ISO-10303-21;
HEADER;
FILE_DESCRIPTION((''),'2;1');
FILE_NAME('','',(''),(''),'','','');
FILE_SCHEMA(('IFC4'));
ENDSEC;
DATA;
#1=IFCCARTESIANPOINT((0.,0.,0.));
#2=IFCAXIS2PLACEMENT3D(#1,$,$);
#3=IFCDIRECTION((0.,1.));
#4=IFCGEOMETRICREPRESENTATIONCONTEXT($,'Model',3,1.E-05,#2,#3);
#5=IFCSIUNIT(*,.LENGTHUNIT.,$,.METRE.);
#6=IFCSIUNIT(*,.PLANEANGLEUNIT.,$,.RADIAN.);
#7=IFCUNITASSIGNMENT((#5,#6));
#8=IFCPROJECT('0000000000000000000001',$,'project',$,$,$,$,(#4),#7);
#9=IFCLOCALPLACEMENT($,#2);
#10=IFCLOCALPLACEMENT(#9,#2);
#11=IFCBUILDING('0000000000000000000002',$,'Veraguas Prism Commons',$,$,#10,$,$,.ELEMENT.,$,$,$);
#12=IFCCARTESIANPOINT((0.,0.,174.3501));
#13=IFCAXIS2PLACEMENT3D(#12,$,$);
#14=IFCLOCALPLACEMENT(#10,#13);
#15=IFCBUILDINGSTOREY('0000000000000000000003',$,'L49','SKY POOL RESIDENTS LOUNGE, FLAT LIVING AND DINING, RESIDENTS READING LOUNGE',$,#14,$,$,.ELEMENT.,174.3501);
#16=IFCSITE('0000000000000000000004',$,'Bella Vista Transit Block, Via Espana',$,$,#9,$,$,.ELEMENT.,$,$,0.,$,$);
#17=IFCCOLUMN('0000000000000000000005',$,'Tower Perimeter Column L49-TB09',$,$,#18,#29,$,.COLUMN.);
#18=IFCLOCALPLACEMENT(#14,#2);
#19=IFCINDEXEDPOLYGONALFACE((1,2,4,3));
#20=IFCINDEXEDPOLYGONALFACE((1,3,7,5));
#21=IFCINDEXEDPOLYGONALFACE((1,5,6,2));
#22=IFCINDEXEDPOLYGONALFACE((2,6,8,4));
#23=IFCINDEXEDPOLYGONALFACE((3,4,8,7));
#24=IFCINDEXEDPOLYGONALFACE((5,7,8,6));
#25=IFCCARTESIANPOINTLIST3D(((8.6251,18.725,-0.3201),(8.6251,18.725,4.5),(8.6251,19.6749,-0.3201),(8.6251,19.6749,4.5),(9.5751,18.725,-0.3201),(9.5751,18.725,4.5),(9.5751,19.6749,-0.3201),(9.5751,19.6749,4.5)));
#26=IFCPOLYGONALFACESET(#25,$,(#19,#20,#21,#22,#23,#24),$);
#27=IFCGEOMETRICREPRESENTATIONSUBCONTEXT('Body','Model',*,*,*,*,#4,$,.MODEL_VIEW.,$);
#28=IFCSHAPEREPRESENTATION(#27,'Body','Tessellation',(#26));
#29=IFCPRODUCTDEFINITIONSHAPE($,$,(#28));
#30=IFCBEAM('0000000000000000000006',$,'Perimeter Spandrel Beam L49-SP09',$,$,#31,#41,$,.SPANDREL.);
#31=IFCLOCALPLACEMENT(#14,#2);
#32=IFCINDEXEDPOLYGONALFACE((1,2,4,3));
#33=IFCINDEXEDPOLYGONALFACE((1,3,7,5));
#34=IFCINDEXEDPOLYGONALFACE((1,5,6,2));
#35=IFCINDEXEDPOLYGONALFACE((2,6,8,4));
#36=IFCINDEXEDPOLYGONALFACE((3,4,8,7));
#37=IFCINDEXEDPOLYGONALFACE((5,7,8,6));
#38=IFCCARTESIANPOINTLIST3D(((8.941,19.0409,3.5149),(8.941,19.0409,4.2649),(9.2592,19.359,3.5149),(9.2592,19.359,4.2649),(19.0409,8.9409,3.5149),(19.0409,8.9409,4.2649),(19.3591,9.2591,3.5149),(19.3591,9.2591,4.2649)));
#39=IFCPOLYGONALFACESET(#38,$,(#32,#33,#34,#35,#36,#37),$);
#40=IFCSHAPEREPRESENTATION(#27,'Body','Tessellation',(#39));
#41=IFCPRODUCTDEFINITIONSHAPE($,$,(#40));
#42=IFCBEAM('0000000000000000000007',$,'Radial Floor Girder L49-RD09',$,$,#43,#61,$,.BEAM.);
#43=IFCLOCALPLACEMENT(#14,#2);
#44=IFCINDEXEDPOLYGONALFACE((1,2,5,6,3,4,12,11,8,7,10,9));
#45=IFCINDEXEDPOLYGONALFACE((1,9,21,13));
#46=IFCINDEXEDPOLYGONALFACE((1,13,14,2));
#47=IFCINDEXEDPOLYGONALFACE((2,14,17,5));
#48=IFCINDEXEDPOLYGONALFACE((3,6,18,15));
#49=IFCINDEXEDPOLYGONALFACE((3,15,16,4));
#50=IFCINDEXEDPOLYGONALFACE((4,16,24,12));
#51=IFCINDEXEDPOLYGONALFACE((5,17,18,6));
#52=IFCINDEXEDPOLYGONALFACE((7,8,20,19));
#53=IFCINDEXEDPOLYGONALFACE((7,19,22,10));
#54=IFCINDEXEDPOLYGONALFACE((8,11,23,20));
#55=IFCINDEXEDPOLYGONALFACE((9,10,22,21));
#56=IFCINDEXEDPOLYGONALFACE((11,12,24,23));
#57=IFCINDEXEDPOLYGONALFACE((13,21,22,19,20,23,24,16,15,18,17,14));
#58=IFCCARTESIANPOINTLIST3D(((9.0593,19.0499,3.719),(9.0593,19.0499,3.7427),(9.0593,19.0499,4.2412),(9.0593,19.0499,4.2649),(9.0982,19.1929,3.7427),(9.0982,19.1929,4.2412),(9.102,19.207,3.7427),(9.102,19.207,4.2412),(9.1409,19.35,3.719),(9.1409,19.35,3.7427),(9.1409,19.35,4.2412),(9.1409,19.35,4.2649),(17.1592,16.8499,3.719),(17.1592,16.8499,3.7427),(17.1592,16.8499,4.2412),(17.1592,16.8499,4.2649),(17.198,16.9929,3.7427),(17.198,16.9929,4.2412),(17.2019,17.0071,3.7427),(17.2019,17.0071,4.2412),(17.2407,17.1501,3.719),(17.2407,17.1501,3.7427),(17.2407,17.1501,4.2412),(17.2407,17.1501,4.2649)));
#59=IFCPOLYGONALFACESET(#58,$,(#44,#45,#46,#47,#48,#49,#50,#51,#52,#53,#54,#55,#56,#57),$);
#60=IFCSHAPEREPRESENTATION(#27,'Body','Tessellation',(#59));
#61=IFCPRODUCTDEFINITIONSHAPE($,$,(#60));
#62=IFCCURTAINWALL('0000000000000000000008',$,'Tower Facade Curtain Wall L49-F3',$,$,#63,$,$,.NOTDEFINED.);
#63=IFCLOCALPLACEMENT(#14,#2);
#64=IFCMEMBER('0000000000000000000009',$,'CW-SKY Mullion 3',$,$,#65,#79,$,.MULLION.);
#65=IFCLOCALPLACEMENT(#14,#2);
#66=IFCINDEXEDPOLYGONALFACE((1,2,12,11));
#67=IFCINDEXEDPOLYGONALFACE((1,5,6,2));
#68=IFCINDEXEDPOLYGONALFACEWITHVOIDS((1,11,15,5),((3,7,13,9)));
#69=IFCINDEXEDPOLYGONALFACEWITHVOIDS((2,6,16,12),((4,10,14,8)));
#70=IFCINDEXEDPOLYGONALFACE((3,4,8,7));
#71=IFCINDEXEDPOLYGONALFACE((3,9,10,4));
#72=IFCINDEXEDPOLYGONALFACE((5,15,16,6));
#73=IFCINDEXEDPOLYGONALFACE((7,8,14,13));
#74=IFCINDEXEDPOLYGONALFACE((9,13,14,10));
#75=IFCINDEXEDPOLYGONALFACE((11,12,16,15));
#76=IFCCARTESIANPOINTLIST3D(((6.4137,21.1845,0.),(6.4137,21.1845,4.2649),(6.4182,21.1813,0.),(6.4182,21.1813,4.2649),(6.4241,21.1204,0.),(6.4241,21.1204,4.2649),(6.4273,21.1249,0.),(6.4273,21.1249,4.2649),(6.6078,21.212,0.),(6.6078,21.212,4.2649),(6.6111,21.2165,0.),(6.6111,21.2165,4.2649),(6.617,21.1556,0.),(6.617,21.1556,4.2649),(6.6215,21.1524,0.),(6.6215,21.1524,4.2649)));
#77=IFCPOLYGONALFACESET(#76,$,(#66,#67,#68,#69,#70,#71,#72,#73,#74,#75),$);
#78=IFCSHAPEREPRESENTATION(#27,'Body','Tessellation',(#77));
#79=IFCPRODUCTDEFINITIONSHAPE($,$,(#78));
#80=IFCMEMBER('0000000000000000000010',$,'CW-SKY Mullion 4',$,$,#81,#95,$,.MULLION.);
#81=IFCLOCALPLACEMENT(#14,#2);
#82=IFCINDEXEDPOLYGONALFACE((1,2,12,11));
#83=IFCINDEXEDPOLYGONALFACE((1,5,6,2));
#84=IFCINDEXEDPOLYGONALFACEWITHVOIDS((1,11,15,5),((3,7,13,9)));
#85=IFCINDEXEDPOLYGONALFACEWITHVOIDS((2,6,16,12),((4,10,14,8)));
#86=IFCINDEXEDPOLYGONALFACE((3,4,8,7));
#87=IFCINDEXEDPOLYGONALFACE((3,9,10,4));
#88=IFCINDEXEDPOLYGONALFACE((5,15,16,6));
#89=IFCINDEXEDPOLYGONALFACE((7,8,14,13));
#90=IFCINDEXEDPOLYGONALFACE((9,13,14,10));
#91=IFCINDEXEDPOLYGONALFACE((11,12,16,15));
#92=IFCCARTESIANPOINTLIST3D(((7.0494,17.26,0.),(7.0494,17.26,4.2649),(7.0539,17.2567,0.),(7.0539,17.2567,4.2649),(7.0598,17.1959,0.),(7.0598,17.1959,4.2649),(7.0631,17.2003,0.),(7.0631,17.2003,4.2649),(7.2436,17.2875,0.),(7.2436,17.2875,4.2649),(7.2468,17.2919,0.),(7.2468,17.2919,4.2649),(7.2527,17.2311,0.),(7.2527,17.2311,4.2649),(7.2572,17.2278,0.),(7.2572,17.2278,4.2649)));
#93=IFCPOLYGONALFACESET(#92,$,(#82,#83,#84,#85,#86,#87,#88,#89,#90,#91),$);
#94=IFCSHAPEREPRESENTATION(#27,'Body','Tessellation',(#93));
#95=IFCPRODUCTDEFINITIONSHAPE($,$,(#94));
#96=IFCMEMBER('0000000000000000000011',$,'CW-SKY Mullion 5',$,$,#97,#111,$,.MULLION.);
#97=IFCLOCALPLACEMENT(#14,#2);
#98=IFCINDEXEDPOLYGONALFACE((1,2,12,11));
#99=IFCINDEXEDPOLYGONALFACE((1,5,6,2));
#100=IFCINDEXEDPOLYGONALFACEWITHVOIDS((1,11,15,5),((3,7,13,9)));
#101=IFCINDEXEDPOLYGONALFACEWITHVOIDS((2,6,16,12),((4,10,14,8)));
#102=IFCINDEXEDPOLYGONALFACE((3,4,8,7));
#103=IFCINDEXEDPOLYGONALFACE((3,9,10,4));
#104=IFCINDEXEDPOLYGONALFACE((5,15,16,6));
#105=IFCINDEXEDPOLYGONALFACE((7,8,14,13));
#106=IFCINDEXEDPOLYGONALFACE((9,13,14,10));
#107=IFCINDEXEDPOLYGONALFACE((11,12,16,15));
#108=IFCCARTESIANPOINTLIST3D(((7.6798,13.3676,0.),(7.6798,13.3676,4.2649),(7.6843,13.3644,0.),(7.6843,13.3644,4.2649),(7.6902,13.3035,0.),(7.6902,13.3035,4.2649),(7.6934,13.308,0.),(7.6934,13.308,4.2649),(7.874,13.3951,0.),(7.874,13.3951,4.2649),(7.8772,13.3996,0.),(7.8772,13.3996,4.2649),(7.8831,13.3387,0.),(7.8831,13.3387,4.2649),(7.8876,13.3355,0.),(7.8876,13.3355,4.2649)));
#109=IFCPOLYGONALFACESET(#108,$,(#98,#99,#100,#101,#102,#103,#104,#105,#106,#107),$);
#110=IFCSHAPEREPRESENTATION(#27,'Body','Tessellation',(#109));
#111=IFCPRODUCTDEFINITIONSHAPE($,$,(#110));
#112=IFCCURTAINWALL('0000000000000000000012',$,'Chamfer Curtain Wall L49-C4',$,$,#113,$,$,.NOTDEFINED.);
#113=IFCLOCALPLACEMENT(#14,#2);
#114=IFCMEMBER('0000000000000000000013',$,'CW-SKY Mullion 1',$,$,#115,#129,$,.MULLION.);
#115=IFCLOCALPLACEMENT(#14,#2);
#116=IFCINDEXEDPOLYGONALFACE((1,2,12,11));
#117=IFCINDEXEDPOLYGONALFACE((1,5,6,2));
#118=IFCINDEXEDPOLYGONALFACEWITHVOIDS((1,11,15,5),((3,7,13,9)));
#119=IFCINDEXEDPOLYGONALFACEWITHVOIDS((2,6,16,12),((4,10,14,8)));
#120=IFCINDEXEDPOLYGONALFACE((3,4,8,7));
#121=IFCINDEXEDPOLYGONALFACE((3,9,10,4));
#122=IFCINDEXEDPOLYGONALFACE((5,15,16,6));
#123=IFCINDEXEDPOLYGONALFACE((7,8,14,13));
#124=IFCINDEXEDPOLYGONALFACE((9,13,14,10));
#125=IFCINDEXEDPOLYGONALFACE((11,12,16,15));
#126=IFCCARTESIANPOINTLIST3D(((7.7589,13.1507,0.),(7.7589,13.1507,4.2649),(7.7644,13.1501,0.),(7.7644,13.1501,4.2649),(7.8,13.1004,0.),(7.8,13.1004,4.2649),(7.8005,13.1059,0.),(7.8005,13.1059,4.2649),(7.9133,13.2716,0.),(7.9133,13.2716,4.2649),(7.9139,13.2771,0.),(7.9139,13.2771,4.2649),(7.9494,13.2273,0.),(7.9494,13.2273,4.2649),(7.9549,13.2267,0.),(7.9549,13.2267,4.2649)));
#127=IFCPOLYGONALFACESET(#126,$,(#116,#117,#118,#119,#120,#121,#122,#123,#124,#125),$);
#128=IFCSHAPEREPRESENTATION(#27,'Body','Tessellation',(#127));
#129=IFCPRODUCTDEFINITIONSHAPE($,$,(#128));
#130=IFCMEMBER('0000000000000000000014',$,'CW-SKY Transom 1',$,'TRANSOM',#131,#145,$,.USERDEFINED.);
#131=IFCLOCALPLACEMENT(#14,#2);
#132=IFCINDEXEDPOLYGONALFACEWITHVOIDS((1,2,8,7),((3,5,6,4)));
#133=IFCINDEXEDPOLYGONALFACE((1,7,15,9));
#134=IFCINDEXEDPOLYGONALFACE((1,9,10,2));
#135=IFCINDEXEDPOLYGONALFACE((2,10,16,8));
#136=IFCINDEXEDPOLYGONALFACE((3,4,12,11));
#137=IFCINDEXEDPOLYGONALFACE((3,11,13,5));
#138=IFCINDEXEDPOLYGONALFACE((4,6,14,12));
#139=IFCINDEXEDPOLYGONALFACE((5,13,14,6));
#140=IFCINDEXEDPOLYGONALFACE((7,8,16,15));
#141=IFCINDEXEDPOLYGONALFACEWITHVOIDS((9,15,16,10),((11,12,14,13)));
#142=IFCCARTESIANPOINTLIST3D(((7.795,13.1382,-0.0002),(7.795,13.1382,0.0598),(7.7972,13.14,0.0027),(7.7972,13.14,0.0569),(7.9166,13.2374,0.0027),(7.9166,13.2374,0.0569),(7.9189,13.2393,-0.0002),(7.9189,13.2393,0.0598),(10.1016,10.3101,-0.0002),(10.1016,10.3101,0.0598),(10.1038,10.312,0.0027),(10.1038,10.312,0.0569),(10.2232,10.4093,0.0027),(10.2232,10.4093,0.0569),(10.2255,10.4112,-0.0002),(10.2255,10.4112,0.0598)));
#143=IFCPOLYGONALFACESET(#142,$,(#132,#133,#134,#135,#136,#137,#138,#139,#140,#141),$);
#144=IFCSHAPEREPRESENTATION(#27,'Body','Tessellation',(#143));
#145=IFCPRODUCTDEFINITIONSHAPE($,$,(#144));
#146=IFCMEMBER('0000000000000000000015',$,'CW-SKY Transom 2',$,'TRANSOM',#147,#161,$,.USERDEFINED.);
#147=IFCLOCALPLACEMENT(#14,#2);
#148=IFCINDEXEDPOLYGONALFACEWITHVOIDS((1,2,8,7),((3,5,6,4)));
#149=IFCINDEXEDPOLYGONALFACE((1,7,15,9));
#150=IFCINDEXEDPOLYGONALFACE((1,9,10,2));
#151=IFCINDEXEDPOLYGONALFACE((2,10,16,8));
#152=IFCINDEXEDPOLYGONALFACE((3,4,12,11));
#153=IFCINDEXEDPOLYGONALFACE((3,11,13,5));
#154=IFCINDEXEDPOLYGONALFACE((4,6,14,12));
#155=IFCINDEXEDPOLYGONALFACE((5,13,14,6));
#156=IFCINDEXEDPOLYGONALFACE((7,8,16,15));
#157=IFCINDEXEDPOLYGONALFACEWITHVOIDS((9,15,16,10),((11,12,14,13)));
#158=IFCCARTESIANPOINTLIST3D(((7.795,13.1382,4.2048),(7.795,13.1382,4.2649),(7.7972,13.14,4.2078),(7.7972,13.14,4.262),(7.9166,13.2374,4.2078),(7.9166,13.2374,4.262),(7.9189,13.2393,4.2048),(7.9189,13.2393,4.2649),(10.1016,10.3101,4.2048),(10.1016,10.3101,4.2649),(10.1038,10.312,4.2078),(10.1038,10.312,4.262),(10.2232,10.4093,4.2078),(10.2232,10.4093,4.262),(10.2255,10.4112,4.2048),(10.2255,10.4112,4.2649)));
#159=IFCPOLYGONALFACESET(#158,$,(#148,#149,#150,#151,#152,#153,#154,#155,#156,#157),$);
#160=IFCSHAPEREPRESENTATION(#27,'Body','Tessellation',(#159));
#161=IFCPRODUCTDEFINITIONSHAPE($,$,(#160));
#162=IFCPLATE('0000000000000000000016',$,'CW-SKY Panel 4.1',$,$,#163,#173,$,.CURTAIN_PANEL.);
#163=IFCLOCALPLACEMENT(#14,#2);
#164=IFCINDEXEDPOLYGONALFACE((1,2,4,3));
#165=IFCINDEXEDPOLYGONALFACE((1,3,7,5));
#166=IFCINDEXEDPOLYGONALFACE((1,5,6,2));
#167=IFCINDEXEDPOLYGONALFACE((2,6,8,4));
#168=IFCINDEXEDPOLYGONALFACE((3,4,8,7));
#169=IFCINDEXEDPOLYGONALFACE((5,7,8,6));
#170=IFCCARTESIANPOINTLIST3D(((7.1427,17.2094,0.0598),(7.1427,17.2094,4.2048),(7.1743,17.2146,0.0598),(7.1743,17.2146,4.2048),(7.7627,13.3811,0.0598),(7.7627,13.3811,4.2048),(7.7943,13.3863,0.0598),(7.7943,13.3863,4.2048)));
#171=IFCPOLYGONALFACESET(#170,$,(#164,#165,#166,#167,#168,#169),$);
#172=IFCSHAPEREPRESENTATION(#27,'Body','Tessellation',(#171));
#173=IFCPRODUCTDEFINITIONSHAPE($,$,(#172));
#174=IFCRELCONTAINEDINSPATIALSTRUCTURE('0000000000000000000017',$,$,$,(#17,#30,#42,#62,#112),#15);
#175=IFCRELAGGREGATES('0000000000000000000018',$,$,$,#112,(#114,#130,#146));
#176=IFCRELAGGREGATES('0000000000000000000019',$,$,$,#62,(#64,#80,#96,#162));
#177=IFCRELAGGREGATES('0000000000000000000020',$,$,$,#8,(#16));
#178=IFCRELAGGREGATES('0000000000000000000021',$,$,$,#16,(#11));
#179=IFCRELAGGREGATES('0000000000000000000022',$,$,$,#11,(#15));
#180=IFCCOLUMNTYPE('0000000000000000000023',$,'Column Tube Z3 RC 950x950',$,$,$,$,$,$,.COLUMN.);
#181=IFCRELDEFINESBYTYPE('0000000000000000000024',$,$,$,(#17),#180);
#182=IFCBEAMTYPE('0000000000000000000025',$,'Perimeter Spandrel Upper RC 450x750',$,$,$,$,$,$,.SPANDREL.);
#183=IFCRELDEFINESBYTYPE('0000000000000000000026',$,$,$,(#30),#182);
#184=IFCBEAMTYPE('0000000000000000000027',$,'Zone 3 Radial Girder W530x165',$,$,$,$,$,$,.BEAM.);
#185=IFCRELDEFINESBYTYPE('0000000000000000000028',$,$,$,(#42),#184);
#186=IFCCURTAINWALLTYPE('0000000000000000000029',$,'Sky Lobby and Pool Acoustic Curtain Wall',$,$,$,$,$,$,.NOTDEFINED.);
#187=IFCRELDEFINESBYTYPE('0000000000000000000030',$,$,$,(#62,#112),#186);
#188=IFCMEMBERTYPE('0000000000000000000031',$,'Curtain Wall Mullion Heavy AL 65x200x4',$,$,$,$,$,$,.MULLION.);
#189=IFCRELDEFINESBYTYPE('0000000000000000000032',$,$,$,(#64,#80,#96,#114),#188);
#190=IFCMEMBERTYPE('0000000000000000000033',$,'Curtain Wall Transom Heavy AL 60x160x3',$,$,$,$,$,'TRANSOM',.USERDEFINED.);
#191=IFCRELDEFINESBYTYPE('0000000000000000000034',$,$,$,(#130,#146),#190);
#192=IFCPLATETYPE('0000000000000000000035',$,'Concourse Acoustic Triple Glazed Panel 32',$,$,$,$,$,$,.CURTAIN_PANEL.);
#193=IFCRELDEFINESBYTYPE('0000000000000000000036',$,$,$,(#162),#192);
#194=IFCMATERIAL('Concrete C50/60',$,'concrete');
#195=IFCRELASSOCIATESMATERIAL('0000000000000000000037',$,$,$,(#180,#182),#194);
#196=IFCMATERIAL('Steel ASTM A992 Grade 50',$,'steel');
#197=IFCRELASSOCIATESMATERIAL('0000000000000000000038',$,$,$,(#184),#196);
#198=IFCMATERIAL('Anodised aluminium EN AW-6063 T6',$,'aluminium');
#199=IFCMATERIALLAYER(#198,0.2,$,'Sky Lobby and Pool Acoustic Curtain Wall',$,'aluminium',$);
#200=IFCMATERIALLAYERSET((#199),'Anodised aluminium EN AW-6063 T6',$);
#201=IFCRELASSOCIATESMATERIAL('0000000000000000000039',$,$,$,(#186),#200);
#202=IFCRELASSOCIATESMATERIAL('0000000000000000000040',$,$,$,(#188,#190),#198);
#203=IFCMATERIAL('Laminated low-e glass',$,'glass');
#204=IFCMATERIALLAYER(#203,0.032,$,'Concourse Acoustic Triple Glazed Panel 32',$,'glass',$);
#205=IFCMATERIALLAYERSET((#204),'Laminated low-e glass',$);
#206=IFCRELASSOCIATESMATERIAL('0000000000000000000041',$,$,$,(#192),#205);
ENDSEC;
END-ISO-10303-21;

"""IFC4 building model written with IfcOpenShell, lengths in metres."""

from ifc_helpers import new_model, si_unit, direction, frame, origin, origin_2d, place, context, subcontext, project, spatial, rectangle, hollow_rectangle, i_section, extrude, source, transform, mapped, material, layer, layer_set, material_profile, profile_set, type_object, element, aggregate, save


model = new_model("IFC4")

# Units and contexts
model_context = context("Model", 3, precision=1e-05, world=origin(), true_north=direction((0.0, 1.0)))
body_context = subcontext(model_context, "Body", "Model", "MODEL_VIEW")
ifc_project = project(units=[si_unit("LENGTHUNIT", "METRE"), si_unit("PLANEANGLEUNIT", "RADIAN")], contexts=[model_context])

# Site, building, storey
site_placement = place(None, origin())
site = spatial("IfcSite", under=ifc_project, at=site_placement, Name="Bella Vista Transit Block, Via Espana", CompositionType="ELEMENT", RefElevation=0.0)
building_placement = place(site_placement, origin())
building = spatial("IfcBuilding", under=site, at=building_placement, Name="Veraguas Prism Commons", CompositionType="ELEMENT")
storey_placement = place(building_placement, frame((0.0, 0.0, 174.3501)))
storey = spatial("IfcBuildingStorey", under=building, at=storey_placement, Name="L49", Description="SKY POOL RESIDENTS LOUNGE, FLAT LIVING AND DINING, RESIDENTS READING LOUNGE", CompositionType="ELEMENT", Elevation=174.3501)

# Column
ifc_material_1 = material(Name="Concrete C50/60", Category="concrete")
ifc_material_profile_1 = material_profile(ifc_material_1, rectangle(XDim=0.95, YDim=0.95, at=origin_2d()), Name="RC950X950")
ifc_profile_set_1 = profile_set([ifc_material_profile_1], Name="Concrete C50/60")
column_type = type_object("IfcColumnType", Name="Column Tube Z3 RC 950x950", PredefinedType="COLUMN", material=ifc_profile_set_1)
column_placement = place(storey_placement, frame((9.1001, 19.2, -0.3201), z_axis=(0.0, 0.0, 1.0), x_axis=(1.0, 0.0, 0.0)))
element("IfcColumn", 1, at=column_placement, inside=storey, type_object=column_type, Name="Tower Perimeter Column L49-TB09", PredefinedType="COLUMN", context=body_context, shape_type="SweptSolid", body=[
    extrude(rectangle(XDim=0.95, YDim=0.95, at=origin_2d()), origin(), (0.0, 0.0, 1.0), 4.8201),
])

# Beams
ifc_material_profile_2 = material_profile(ifc_material_1, rectangle(XDim=0.45, YDim=0.75, at=origin_2d()), Name="RC450X750")
ifc_profile_set_2 = profile_set([ifc_material_profile_2], Name="Concrete C50/60")
beam_type_1 = type_object("IfcBeamType", Name="Perimeter Spandrel Upper RC 450x750", PredefinedType="SPANDREL", material=ifc_profile_set_2)
beam_1_placement = place(storey_placement, frame((9.1001, 19.2, 3.8899), z_axis=(0.707107, -0.707107, 0.0), x_axis=(0.707107, 0.707107, 0.0)))
element("IfcBeam", 2, at=beam_1_placement, inside=storey, type_object=beam_type_1, Name="Perimeter Spandrel Beam L49-SP09", PredefinedType="SPANDREL", context=body_context, shape_type="SweptSolid", body=[
    extrude(rectangle(XDim=0.45, YDim=0.75, at=origin_2d()), origin(), (0.0, 0.0, 1.0), 14.2834),
])
ifc_material_2 = material(Name="Steel ASTM A992 Grade 50", Category="steel")
ifc_material_profile_3 = material_profile(ifc_material_2, i_section(OverallWidth=0.311, OverallDepth=0.5459, WebThickness=0.0146, FlangeThickness=0.0237, at=origin_2d()), Name="W530X165")
ifc_profile_set_3 = profile_set([ifc_material_profile_3], Name="Steel ASTM A992 Grade 50")
beam_type_2 = type_object("IfcBeamType", Name="Zone 3 Radial Girder W530x165", PredefinedType="BEAM", material=ifc_profile_set_3)
beam_2_placement = place(storey_placement, frame((9.1001, 19.2, 3.9919), z_axis=(0.965039, -0.262108, 0.0), x_axis=(0.262108, 0.965039, 0.0)))
element("IfcBeam", 3, at=beam_2_placement, inside=storey, type_object=beam_type_2, Name="Radial Floor Girder L49-RD09", PredefinedType="BEAM", context=body_context, shape_type="SweptSolid", body=[
    extrude(i_section(OverallWidth=0.311, OverallDepth=0.5459, WebThickness=0.0146, FlangeThickness=0.0237, at=origin_2d()), origin(), (0.0, 0.0, 1.0), 8.3933),
])

# Curtain walls, members
ifc_material_3 = material(Name="Anodised aluminium EN AW-6063 T6", Category="aluminium")
ifc_layer_1 = layer(ifc_material_3, 0.2, Name="Sky Lobby and Pool Acoustic Curtain Wall", Category="aluminium")
ifc_layer_set_1 = layer_set([ifc_layer_1], Name="Anodised aluminium EN AW-6063 T6")
curtain_wall_type = type_object("IfcCurtainWallType", Name="Sky Lobby and Pool Acoustic Curtain Wall", PredefinedType="NOTDEFINED", material=ifc_layer_set_1)
curtain_wall_1_placement = place(storey_placement, origin())
curtain_wall_1 = element("IfcCurtainWall", 4, at=curtain_wall_1_placement, inside=storey, type_object=curtain_wall_type, Name="Tower Facade Curtain Wall L49-F3", PredefinedType="NOTDEFINED")
ifc_material_profile_4 = material_profile(ifc_material_3, hollow_rectangle(XDim=0.0649, YDim=0.2, WallThickness=0.0039, at=origin_2d()), Name="AL65X200X4")
ifc_profile_set_4 = profile_set([ifc_material_profile_4], Name="Anodised aluminium EN AW-6063 T6")
member_type_1 = type_object("IfcMemberType", Name="Curtain Wall Mullion Heavy AL 65x200x4", PredefinedType="MULLION", material=ifc_profile_set_4)
shared_shape_1 = source(origin(), body_context, "Body", "SweptSolid", [
    extrude(hollow_rectangle(XDim=0.0649, YDim=0.2, WallThickness=0.0039, at=origin_2d()), origin(), (0.0, 0.0, 1.0), 4.2649),
])
member_1_placement = place(storey_placement, frame((6.5176, 21.1685, 0.0), z_axis=(0.0, 0.0, 1.0), x_axis=(0.159874, -0.987137, 0.0)))
member_1 = element("IfcMember", 5, at=member_1_placement, type_object=member_type_1, Name="CW-SKY Mullion 3", PredefinedType="MULLION", context=body_context, shape_type="MappedRepresentation", body=[
    mapped(shared_shape_1, transform((0.0, 0.0, 0.0), scale=1.0)),
])
member_2_placement = place(storey_placement, frame((7.1533, 17.2439, 0.0), z_axis=(0.0, 0.0, 1.0), x_axis=(0.159874, -0.987137, 0.0)))
member_2 = element("IfcMember", 6, at=member_2_placement, type_object=member_type_1, Name="CW-SKY Mullion 4", PredefinedType="MULLION", context=body_context, shape_type="MappedRepresentation", body=[
    mapped(shared_shape_1, transform((0.0, 0.0, 0.0), scale=1.0)),
])
member_3_placement = place(storey_placement, frame((7.7837, 13.3516, 0.0), z_axis=(0.0, 0.0, 1.0), x_axis=(0.159874, -0.987137, 0.0)))
member_3 = element("IfcMember", 7, at=member_3_placement, type_object=member_type_1, Name="CW-SKY Mullion 5", PredefinedType="MULLION", context=body_context, shape_type="MappedRepresentation", body=[
    mapped(shared_shape_1, transform((0.0, 0.0, 0.0), scale=1.0)),
])
curtain_wall_2_placement = place(storey_placement, origin())
curtain_wall_2 = element("IfcCurtainWall", 8, at=curtain_wall_2_placement, inside=storey, type_object=curtain_wall_type, Name="Chamfer Curtain Wall L49-C4", PredefinedType="NOTDEFINED")
member_4_placement = place(storey_placement, frame((7.8569, 13.1887, 0.0), z_axis=(0.0, 0.0, 1.0), x_axis=(0.632051, -0.774927, 0.0)))
member_4 = element("IfcMember", 9, at=member_4_placement, type_object=member_type_1, Name="CW-SKY Mullion 1", PredefinedType="MULLION", context=body_context, shape_type="MappedRepresentation", body=[
    mapped(shared_shape_1, transform((0.0, 0.0, 0.0), scale=1.0)),
])
ifc_material_profile_5 = material_profile(ifc_material_3, hollow_rectangle(XDim=0.0601, YDim=0.1599, WallThickness=0.0029, at=origin_2d()), Name="AL60X160X3")
ifc_profile_set_5 = profile_set([ifc_material_profile_5], Name="Anodised aluminium EN AW-6063 T6")
member_type_2 = type_object("IfcMemberType", Name="Curtain Wall Transom Heavy AL 60x160x3", ElementType="TRANSOM", PredefinedType="USERDEFINED", material=ifc_profile_set_5)
shared_shape_2 = source(origin(), body_context, "Body", "SweptSolid", [
    extrude(hollow_rectangle(XDim=0.0601, YDim=0.1599, WallThickness=0.0029, at=origin_2d()), origin(), (0.0, 0.0, 1.0), 3.6494),
])
member_5_placement = place(storey_placement, frame((7.8569, 13.1887, 0.0298), z_axis=(0.632042, -0.774934, 0.0), x_axis=(0.0, 0.0, 1.0)))
member_5 = element("IfcMember", 10, at=member_5_placement, type_object=member_type_2, Name="CW-SKY Transom 1", ObjectType="TRANSOM", PredefinedType="USERDEFINED", context=body_context, shape_type="MappedRepresentation", body=[
    mapped(shared_shape_2, transform((0.0, 0.0, 0.0), scale=1.0)),
])
member_6_placement = place(storey_placement, frame((7.8569, 13.1887, 4.2349), z_axis=(0.632042, -0.774934, 0.0), x_axis=(0.0, 0.0, 1.0)))
member_6 = element("IfcMember", 11, at=member_6_placement, type_object=member_type_2, Name="CW-SKY Transom 2", ObjectType="TRANSOM", PredefinedType="USERDEFINED", context=body_context, shape_type="MappedRepresentation", body=[
    mapped(shared_shape_2, transform((0.0, 0.0, 0.0), scale=1.0)),
])
aggregate(curtain_wall_2, [member_4, member_5, member_6])

# Plate
ifc_material_4 = material(Name="Laminated low-e glass", Category="glass")
ifc_layer_2 = layer(ifc_material_4, 0.032, Name="Concourse Acoustic Triple Glazed Panel 32", Category="glass")
ifc_layer_set_2 = layer_set([ifc_layer_2], Name="Laminated low-e glass")
plate_type = type_object("IfcPlateType", Name="Concourse Acoustic Triple Glazed Panel 32", PredefinedType="CURTAIN_PANEL", material=ifc_layer_set_2)
shared_shape_3 = source(origin(), body_context, "Body", "SweptSolid", [
    extrude(rectangle(XDim=3.8782, YDim=0.032, at=origin_2d()), origin(), (0.0, 0.0, 1.0), 4.145),
])
plate_1_placement = place(storey_placement, frame((7.4685, 15.2979, 0.0598), z_axis=(0.0, 0.0, 1.0), x_axis=(0.159874, -0.987137, 0.0)))
plate_1 = element("IfcPlate", 12, at=plate_1_placement, type_object=plate_type, Name="CW-SKY Panel 4.1", PredefinedType="CURTAIN_PANEL", context=body_context, shape_type="MappedRepresentation", body=[
    mapped(shared_shape_3, transform((0.0, 0.0, 0.0), scale=1.0)),
])
aggregate(curtain_wall_1, [member_1, member_2, member_3, plate_1])

save(model, "model.ifc")
